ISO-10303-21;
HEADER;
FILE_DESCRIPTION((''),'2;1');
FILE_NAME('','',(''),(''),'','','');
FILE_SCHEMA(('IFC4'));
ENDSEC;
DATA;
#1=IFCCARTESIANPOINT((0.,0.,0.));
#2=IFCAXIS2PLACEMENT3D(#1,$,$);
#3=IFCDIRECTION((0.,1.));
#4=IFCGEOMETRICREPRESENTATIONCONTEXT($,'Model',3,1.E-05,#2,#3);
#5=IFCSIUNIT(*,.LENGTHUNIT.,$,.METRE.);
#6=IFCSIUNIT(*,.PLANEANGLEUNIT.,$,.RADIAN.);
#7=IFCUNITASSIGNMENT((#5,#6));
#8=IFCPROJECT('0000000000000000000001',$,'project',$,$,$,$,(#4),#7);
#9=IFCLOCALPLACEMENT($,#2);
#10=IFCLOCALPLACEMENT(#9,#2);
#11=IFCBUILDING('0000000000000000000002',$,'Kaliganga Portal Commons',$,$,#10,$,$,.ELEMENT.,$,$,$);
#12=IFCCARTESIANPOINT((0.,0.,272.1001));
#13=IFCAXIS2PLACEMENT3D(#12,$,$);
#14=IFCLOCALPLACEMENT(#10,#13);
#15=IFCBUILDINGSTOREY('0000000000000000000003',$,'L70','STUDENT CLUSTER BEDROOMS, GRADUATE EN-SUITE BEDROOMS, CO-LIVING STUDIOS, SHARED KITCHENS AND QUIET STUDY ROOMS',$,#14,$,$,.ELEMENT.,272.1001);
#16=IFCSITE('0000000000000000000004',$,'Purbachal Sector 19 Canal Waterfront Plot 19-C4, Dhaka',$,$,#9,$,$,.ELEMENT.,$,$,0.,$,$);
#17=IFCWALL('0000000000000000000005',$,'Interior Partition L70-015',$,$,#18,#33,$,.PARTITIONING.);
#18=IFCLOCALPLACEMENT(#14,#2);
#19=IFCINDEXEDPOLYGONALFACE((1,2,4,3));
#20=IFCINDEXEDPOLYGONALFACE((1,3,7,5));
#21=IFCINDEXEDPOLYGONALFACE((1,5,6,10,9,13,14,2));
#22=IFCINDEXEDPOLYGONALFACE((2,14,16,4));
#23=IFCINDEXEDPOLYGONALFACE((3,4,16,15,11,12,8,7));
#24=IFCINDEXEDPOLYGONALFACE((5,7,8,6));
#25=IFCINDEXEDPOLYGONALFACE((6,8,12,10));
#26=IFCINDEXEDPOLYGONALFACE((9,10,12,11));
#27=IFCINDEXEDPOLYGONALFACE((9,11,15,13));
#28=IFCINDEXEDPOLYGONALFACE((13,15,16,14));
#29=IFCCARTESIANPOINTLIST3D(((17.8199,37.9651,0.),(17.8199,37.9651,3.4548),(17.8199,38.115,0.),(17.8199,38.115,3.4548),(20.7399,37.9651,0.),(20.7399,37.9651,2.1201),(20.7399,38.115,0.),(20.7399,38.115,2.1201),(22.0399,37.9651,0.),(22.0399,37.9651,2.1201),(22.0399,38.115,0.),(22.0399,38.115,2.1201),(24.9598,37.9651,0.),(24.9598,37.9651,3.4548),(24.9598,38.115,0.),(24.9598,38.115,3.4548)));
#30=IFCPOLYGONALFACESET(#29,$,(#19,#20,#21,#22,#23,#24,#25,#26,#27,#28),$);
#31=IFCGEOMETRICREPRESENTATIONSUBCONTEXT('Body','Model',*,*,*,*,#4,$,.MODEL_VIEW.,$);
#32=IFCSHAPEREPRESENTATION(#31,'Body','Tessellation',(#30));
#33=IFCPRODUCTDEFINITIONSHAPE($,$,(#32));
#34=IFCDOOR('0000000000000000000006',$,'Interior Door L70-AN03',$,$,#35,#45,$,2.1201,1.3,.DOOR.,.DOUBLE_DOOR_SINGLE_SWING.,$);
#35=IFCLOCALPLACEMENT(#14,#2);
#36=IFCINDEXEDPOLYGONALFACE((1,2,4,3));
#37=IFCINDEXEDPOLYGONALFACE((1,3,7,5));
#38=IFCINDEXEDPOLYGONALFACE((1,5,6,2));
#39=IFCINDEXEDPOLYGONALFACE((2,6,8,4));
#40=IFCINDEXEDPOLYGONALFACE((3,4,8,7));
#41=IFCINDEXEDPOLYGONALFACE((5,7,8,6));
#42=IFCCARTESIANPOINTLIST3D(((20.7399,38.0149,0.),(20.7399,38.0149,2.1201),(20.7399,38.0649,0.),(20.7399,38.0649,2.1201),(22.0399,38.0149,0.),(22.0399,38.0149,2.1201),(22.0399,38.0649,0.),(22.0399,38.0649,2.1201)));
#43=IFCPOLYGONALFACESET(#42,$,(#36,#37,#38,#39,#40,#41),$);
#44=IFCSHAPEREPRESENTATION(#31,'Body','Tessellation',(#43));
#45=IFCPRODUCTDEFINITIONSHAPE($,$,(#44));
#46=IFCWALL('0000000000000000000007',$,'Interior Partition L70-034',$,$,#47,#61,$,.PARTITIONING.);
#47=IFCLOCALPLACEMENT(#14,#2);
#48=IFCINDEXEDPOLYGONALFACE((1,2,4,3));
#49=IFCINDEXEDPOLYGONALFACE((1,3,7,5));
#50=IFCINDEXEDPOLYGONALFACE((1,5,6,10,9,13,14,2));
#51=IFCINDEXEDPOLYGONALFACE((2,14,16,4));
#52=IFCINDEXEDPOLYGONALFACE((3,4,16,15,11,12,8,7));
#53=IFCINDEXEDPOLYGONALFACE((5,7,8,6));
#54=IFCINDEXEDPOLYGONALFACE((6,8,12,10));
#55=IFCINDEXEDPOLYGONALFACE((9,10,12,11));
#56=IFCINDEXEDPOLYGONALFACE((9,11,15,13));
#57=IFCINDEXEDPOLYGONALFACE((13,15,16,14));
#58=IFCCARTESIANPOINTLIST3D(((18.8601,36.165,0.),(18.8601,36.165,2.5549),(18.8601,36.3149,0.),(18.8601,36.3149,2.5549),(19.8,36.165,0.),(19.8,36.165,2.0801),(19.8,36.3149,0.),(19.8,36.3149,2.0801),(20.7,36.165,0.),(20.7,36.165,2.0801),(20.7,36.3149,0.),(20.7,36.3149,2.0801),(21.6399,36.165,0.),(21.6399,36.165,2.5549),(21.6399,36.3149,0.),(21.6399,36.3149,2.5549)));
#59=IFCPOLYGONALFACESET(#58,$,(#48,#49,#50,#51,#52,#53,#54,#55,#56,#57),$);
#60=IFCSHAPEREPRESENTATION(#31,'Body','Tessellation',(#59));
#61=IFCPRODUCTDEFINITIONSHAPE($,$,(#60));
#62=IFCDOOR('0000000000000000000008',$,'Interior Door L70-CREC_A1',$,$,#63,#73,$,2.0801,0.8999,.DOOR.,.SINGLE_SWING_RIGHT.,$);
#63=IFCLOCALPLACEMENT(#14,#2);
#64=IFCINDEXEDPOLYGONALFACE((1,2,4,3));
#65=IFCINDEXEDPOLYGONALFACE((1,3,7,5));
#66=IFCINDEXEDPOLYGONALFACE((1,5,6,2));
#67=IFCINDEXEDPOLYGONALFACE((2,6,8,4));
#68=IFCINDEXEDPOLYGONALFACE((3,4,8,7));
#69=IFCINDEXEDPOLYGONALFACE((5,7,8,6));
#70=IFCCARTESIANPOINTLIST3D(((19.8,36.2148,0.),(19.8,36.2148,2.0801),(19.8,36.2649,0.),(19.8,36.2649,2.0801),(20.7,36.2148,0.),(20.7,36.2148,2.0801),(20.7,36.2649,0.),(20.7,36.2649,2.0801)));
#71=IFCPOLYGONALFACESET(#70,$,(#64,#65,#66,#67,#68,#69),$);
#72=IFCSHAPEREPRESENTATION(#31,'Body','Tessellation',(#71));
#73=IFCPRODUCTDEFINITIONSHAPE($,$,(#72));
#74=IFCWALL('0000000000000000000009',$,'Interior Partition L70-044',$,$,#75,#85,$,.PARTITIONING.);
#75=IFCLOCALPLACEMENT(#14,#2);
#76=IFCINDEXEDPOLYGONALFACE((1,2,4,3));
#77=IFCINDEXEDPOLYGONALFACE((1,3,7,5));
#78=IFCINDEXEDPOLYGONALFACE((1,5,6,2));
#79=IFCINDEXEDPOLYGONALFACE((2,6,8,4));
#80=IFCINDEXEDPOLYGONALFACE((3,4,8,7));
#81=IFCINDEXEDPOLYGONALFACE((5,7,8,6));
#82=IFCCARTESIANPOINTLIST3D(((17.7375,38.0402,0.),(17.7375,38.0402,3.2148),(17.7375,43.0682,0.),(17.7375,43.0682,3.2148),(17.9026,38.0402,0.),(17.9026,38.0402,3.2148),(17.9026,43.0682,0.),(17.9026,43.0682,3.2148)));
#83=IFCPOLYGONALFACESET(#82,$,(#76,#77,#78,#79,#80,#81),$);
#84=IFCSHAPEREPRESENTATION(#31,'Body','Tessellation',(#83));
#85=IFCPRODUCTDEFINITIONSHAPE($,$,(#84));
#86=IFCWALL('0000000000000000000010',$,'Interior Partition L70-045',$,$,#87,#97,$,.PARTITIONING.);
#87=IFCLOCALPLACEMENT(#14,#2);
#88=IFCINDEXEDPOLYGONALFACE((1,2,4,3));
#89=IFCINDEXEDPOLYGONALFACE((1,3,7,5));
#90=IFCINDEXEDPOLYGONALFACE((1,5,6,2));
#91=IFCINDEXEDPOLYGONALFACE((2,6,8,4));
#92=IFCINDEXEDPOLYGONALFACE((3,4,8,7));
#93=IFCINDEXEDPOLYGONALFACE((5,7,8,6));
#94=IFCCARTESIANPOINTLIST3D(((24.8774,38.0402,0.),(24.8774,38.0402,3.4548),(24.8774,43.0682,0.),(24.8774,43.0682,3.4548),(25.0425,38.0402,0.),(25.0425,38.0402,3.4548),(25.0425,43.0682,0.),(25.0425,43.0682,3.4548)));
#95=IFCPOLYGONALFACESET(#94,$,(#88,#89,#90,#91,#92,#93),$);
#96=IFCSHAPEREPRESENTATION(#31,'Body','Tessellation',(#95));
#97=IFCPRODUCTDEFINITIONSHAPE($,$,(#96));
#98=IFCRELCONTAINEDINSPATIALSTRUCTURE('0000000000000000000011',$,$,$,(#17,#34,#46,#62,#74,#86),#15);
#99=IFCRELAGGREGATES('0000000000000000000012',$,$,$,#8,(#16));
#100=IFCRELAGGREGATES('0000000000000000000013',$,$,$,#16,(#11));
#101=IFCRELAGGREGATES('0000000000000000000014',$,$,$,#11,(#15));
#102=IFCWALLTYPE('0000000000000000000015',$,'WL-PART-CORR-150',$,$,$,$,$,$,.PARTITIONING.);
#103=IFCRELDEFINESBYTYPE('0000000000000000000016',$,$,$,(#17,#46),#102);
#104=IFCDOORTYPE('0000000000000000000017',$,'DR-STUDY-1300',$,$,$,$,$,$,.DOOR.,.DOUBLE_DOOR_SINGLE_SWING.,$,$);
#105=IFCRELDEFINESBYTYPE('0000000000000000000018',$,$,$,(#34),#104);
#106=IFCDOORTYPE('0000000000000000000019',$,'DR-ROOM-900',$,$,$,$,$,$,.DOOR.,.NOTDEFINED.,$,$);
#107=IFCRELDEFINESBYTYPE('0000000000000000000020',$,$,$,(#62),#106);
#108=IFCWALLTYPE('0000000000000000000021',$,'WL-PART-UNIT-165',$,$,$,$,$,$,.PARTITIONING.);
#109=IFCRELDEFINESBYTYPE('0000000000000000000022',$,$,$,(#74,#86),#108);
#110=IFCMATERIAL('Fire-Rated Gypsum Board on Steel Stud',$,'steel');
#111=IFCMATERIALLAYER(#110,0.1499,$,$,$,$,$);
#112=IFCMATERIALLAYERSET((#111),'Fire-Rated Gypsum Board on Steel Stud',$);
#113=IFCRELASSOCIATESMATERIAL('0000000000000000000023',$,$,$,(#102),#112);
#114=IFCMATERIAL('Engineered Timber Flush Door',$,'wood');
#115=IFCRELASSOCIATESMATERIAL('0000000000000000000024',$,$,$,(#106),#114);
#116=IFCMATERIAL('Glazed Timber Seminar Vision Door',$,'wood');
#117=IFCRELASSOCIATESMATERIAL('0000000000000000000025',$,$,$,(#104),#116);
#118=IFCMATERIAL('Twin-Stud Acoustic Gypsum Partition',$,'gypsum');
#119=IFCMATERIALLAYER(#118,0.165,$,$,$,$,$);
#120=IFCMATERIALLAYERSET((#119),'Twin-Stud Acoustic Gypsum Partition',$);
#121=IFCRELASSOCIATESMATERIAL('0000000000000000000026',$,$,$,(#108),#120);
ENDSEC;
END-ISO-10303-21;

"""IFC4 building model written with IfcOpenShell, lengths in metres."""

from ifc_helpers import new_model, si_unit, direction, frame, frame_2d, origin, place, context, subcontext, project, spatial, rectangle, extrude, material, layer, layer_set, type_object, element, fill, save


model = new_model("IFC4")

# Units and contexts
model_context = context("Model", 3, precision=1e-05, world=origin(), true_north=direction((0.0, 1.0)))
body_context = subcontext(model_context, "Body", "Model", "MODEL_VIEW")
ifc_project = project(units=[si_unit("LENGTHUNIT", "METRE"), si_unit("PLANEANGLEUNIT", "RADIAN")], contexts=[model_context])

# Site, building, storey
site_placement = place(None, origin())
site = spatial("IfcSite", under=ifc_project, at=site_placement, Name="Purbachal Sector 19 Canal Waterfront Plot 19-C4, Dhaka", CompositionType="ELEMENT", RefElevation=0.0)
building_placement = place(site_placement, origin())
building = spatial("IfcBuilding", under=site, at=building_placement, Name="Kaliganga Portal Commons", CompositionType="ELEMENT")
storey_placement = place(building_placement, frame((0.0, 0.0, 272.1001)))
storey = spatial("IfcBuildingStorey", under=building, at=storey_placement, Name="L70", Description="STUDENT CLUSTER BEDROOMS, GRADUATE EN-SUITE BEDROOMS, CO-LIVING STUDIOS, SHARED KITCHENS AND QUIET STUDY ROOMS", CompositionType="ELEMENT", Elevation=272.1001)

# Walls, openings, doors
ifc_material_1 = material(Name="Fire-Rated Gypsum Board on Steel Stud", Category="steel")
ifc_layer_1 = layer(ifc_material_1, 0.1499)
ifc_layer_set_1 = layer_set([ifc_layer_1], Name="Fire-Rated Gypsum Board on Steel Stud")
wall_type_1 = type_object("IfcWallType", Name="WL-PART-CORR-150", PredefinedType="PARTITIONING", material=ifc_layer_set_1)
ifc_material_2 = material(Name="Engineered Timber Flush Door", Category="wood")
door_type_1 = type_object("IfcDoorType", Name="DR-ROOM-900", OperationType="NOTDEFINED", PredefinedType="DOOR", material=ifc_material_2)
wall_1_placement = place(storey_placement, frame((17.8201, 38.04, 0.0), z_axis=(0.0, 0.0, 1.0), x_axis=(1.0, 0.0, 0.0)))
wall_1 = element("IfcWall", 1, at=wall_1_placement, inside=storey, type_object=wall_type_1, Name="Interior Partition L70-015", PredefinedType="PARTITIONING", context=body_context, shape_type="SweptSolid", body=[
    extrude(rectangle(XDim=7.1399, YDim=0.1499, at=frame_2d((3.5698, 0.0))), origin(), (0.0, 0.0, 1.0), 3.4548),
])
opening_1_placement = place(wall_1_placement, frame((2.9199, 0.0, 0.0)))
opening_1 = element("IfcOpeningElement", 2, at=opening_1_placement, cuts=wall_1, PredefinedType="OPENING", context=body_context, shape_type="SweptSolid", body=[
    extrude(rectangle(XDim=1.3, YDim=2.1201, at=frame_2d((0.6499, 1.0601))), frame((0.0, 0.085, 0.0), z_axis=(0.0, -1.0, 0.0), x_axis=(1.0, 0.0, 0.0)), (0.0, 0.0, 1.0), 0.1699),
])
ifc_material_3 = material(Name="Glazed Timber Seminar Vision Door", Category="wood")
door_type_2 = type_object("IfcDoorType", Name="DR-STUDY-1300", OperationType="DOUBLE_DOOR_SINGLE_SWING", PredefinedType="DOOR", material=ifc_material_3)
door_1_placement = place(opening_1_placement, origin())
door_1 = element("IfcDoor", 3, at=door_1_placement, inside=storey, type_object=door_type_2, Name="Interior Door L70-AN03", OperationType="DOUBLE_DOOR_SINGLE_SWING", OverallHeight=2.1201, OverallWidth=1.3, PredefinedType="DOOR", context=body_context, shape_type="SweptSolid", body=[
    extrude(rectangle(XDim=1.3, YDim=2.1201, at=frame_2d((0.6499, 1.0601))), frame((0.0, 0.0249, 0.0), z_axis=(0.0, -1.0, 0.0), x_axis=(1.0, 0.0, 0.0)), (0.0, 0.0, 1.0), 0.05),
])
fill(opening_1, door_1)
wall_2_placement = place(storey_placement, frame((18.8601, 36.24, 0.0), z_axis=(0.0, 0.0, 1.0), x_axis=(1.0, 0.0, 0.0)))
wall_2 = element("IfcWall", 4, at=wall_2_placement, inside=storey, type_object=wall_type_1, Name="Interior Partition L70-034", PredefinedType="PARTITIONING", context=body_context, shape_type="SweptSolid", body=[
    extrude(rectangle(XDim=2.7798, YDim=0.1499, at=frame_2d((1.3899, 0.0))), origin(), (0.0, 0.0, 1.0), 2.5549),
])
opening_2_placement = place(wall_2_placement, frame((0.9399, 0.0, 0.0)))
opening_2 = element("IfcOpeningElement", 5, at=opening_2_placement, cuts=wall_2, PredefinedType="OPENING", context=body_context, shape_type="SweptSolid", body=[
    extrude(rectangle(XDim=0.8999, YDim=2.0801, at=frame_2d((0.45, 1.04))), frame((0.0, 0.085, 0.0), z_axis=(0.0, -1.0, 0.0), x_axis=(1.0, 0.0, 0.0)), (0.0, 0.0, 1.0), 0.1699),
])
door_2_placement = place(opening_2_placement, origin())
door_2 = element("IfcDoor", 6, at=door_2_placement, inside=storey, type_object=door_type_1, Name="Interior Door L70-CREC_A1", OperationType="SINGLE_SWING_RIGHT", OverallHeight=2.0801, OverallWidth=0.8999, PredefinedType="DOOR", context=body_context, shape_type="SweptSolid", body=[
    extrude(rectangle(XDim=0.8999, YDim=2.0801, at=frame_2d((0.45, 1.04))), frame((0.0, 0.0249, 0.0), z_axis=(0.0, -1.0, 0.0), x_axis=(1.0, 0.0, 0.0)), (0.0, 0.0, 1.0), 0.05),
])
fill(opening_2, door_2)

# Walls
ifc_material_4 = material(Name="Twin-Stud Acoustic Gypsum Partition", Category="gypsum")
ifc_layer_2 = layer(ifc_material_4, 0.165)
ifc_layer_set_2 = layer_set([ifc_layer_2], Name="Twin-Stud Acoustic Gypsum Partition")
wall_type_2 = type_object("IfcWallType", Name="WL-PART-UNIT-165", PredefinedType="PARTITIONING", material=ifc_layer_set_2)
wall_3_placement = place(storey_placement, frame((17.8201, 38.04, 0.0), z_axis=(0.0, 0.0, 1.0), x_axis=(0.0, 1.0, 0.0)))
element("IfcWall", 7, at=wall_3_placement, inside=storey, type_object=wall_type_2, Name="Interior Partition L70-044", PredefinedType="PARTITIONING", context=body_context, shape_type="SweptSolid", body=[
    extrude(rectangle(XDim=5.0281, YDim=0.165, at=frame_2d((2.5142, 0.0))), origin(), (0.0, 0.0, 1.0), 3.2148),
])
wall_4_placement = place(storey_placement, frame((24.96, 38.04, 0.0), z_axis=(0.0, 0.0, 1.0), x_axis=(0.0, 1.0, 0.0)))
element("IfcWall", 8, at=wall_4_placement, inside=storey, type_object=wall_type_2, Name="Interior Partition L70-045", PredefinedType="PARTITIONING", context=body_context, shape_type="SweptSolid", body=[
    extrude(rectangle(XDim=5.0281, YDim=0.165, at=frame_2d((2.5142, 0.0))), origin(), (0.0, 0.0, 1.0), 3.4548),
])

save(model, "model.ifc")
